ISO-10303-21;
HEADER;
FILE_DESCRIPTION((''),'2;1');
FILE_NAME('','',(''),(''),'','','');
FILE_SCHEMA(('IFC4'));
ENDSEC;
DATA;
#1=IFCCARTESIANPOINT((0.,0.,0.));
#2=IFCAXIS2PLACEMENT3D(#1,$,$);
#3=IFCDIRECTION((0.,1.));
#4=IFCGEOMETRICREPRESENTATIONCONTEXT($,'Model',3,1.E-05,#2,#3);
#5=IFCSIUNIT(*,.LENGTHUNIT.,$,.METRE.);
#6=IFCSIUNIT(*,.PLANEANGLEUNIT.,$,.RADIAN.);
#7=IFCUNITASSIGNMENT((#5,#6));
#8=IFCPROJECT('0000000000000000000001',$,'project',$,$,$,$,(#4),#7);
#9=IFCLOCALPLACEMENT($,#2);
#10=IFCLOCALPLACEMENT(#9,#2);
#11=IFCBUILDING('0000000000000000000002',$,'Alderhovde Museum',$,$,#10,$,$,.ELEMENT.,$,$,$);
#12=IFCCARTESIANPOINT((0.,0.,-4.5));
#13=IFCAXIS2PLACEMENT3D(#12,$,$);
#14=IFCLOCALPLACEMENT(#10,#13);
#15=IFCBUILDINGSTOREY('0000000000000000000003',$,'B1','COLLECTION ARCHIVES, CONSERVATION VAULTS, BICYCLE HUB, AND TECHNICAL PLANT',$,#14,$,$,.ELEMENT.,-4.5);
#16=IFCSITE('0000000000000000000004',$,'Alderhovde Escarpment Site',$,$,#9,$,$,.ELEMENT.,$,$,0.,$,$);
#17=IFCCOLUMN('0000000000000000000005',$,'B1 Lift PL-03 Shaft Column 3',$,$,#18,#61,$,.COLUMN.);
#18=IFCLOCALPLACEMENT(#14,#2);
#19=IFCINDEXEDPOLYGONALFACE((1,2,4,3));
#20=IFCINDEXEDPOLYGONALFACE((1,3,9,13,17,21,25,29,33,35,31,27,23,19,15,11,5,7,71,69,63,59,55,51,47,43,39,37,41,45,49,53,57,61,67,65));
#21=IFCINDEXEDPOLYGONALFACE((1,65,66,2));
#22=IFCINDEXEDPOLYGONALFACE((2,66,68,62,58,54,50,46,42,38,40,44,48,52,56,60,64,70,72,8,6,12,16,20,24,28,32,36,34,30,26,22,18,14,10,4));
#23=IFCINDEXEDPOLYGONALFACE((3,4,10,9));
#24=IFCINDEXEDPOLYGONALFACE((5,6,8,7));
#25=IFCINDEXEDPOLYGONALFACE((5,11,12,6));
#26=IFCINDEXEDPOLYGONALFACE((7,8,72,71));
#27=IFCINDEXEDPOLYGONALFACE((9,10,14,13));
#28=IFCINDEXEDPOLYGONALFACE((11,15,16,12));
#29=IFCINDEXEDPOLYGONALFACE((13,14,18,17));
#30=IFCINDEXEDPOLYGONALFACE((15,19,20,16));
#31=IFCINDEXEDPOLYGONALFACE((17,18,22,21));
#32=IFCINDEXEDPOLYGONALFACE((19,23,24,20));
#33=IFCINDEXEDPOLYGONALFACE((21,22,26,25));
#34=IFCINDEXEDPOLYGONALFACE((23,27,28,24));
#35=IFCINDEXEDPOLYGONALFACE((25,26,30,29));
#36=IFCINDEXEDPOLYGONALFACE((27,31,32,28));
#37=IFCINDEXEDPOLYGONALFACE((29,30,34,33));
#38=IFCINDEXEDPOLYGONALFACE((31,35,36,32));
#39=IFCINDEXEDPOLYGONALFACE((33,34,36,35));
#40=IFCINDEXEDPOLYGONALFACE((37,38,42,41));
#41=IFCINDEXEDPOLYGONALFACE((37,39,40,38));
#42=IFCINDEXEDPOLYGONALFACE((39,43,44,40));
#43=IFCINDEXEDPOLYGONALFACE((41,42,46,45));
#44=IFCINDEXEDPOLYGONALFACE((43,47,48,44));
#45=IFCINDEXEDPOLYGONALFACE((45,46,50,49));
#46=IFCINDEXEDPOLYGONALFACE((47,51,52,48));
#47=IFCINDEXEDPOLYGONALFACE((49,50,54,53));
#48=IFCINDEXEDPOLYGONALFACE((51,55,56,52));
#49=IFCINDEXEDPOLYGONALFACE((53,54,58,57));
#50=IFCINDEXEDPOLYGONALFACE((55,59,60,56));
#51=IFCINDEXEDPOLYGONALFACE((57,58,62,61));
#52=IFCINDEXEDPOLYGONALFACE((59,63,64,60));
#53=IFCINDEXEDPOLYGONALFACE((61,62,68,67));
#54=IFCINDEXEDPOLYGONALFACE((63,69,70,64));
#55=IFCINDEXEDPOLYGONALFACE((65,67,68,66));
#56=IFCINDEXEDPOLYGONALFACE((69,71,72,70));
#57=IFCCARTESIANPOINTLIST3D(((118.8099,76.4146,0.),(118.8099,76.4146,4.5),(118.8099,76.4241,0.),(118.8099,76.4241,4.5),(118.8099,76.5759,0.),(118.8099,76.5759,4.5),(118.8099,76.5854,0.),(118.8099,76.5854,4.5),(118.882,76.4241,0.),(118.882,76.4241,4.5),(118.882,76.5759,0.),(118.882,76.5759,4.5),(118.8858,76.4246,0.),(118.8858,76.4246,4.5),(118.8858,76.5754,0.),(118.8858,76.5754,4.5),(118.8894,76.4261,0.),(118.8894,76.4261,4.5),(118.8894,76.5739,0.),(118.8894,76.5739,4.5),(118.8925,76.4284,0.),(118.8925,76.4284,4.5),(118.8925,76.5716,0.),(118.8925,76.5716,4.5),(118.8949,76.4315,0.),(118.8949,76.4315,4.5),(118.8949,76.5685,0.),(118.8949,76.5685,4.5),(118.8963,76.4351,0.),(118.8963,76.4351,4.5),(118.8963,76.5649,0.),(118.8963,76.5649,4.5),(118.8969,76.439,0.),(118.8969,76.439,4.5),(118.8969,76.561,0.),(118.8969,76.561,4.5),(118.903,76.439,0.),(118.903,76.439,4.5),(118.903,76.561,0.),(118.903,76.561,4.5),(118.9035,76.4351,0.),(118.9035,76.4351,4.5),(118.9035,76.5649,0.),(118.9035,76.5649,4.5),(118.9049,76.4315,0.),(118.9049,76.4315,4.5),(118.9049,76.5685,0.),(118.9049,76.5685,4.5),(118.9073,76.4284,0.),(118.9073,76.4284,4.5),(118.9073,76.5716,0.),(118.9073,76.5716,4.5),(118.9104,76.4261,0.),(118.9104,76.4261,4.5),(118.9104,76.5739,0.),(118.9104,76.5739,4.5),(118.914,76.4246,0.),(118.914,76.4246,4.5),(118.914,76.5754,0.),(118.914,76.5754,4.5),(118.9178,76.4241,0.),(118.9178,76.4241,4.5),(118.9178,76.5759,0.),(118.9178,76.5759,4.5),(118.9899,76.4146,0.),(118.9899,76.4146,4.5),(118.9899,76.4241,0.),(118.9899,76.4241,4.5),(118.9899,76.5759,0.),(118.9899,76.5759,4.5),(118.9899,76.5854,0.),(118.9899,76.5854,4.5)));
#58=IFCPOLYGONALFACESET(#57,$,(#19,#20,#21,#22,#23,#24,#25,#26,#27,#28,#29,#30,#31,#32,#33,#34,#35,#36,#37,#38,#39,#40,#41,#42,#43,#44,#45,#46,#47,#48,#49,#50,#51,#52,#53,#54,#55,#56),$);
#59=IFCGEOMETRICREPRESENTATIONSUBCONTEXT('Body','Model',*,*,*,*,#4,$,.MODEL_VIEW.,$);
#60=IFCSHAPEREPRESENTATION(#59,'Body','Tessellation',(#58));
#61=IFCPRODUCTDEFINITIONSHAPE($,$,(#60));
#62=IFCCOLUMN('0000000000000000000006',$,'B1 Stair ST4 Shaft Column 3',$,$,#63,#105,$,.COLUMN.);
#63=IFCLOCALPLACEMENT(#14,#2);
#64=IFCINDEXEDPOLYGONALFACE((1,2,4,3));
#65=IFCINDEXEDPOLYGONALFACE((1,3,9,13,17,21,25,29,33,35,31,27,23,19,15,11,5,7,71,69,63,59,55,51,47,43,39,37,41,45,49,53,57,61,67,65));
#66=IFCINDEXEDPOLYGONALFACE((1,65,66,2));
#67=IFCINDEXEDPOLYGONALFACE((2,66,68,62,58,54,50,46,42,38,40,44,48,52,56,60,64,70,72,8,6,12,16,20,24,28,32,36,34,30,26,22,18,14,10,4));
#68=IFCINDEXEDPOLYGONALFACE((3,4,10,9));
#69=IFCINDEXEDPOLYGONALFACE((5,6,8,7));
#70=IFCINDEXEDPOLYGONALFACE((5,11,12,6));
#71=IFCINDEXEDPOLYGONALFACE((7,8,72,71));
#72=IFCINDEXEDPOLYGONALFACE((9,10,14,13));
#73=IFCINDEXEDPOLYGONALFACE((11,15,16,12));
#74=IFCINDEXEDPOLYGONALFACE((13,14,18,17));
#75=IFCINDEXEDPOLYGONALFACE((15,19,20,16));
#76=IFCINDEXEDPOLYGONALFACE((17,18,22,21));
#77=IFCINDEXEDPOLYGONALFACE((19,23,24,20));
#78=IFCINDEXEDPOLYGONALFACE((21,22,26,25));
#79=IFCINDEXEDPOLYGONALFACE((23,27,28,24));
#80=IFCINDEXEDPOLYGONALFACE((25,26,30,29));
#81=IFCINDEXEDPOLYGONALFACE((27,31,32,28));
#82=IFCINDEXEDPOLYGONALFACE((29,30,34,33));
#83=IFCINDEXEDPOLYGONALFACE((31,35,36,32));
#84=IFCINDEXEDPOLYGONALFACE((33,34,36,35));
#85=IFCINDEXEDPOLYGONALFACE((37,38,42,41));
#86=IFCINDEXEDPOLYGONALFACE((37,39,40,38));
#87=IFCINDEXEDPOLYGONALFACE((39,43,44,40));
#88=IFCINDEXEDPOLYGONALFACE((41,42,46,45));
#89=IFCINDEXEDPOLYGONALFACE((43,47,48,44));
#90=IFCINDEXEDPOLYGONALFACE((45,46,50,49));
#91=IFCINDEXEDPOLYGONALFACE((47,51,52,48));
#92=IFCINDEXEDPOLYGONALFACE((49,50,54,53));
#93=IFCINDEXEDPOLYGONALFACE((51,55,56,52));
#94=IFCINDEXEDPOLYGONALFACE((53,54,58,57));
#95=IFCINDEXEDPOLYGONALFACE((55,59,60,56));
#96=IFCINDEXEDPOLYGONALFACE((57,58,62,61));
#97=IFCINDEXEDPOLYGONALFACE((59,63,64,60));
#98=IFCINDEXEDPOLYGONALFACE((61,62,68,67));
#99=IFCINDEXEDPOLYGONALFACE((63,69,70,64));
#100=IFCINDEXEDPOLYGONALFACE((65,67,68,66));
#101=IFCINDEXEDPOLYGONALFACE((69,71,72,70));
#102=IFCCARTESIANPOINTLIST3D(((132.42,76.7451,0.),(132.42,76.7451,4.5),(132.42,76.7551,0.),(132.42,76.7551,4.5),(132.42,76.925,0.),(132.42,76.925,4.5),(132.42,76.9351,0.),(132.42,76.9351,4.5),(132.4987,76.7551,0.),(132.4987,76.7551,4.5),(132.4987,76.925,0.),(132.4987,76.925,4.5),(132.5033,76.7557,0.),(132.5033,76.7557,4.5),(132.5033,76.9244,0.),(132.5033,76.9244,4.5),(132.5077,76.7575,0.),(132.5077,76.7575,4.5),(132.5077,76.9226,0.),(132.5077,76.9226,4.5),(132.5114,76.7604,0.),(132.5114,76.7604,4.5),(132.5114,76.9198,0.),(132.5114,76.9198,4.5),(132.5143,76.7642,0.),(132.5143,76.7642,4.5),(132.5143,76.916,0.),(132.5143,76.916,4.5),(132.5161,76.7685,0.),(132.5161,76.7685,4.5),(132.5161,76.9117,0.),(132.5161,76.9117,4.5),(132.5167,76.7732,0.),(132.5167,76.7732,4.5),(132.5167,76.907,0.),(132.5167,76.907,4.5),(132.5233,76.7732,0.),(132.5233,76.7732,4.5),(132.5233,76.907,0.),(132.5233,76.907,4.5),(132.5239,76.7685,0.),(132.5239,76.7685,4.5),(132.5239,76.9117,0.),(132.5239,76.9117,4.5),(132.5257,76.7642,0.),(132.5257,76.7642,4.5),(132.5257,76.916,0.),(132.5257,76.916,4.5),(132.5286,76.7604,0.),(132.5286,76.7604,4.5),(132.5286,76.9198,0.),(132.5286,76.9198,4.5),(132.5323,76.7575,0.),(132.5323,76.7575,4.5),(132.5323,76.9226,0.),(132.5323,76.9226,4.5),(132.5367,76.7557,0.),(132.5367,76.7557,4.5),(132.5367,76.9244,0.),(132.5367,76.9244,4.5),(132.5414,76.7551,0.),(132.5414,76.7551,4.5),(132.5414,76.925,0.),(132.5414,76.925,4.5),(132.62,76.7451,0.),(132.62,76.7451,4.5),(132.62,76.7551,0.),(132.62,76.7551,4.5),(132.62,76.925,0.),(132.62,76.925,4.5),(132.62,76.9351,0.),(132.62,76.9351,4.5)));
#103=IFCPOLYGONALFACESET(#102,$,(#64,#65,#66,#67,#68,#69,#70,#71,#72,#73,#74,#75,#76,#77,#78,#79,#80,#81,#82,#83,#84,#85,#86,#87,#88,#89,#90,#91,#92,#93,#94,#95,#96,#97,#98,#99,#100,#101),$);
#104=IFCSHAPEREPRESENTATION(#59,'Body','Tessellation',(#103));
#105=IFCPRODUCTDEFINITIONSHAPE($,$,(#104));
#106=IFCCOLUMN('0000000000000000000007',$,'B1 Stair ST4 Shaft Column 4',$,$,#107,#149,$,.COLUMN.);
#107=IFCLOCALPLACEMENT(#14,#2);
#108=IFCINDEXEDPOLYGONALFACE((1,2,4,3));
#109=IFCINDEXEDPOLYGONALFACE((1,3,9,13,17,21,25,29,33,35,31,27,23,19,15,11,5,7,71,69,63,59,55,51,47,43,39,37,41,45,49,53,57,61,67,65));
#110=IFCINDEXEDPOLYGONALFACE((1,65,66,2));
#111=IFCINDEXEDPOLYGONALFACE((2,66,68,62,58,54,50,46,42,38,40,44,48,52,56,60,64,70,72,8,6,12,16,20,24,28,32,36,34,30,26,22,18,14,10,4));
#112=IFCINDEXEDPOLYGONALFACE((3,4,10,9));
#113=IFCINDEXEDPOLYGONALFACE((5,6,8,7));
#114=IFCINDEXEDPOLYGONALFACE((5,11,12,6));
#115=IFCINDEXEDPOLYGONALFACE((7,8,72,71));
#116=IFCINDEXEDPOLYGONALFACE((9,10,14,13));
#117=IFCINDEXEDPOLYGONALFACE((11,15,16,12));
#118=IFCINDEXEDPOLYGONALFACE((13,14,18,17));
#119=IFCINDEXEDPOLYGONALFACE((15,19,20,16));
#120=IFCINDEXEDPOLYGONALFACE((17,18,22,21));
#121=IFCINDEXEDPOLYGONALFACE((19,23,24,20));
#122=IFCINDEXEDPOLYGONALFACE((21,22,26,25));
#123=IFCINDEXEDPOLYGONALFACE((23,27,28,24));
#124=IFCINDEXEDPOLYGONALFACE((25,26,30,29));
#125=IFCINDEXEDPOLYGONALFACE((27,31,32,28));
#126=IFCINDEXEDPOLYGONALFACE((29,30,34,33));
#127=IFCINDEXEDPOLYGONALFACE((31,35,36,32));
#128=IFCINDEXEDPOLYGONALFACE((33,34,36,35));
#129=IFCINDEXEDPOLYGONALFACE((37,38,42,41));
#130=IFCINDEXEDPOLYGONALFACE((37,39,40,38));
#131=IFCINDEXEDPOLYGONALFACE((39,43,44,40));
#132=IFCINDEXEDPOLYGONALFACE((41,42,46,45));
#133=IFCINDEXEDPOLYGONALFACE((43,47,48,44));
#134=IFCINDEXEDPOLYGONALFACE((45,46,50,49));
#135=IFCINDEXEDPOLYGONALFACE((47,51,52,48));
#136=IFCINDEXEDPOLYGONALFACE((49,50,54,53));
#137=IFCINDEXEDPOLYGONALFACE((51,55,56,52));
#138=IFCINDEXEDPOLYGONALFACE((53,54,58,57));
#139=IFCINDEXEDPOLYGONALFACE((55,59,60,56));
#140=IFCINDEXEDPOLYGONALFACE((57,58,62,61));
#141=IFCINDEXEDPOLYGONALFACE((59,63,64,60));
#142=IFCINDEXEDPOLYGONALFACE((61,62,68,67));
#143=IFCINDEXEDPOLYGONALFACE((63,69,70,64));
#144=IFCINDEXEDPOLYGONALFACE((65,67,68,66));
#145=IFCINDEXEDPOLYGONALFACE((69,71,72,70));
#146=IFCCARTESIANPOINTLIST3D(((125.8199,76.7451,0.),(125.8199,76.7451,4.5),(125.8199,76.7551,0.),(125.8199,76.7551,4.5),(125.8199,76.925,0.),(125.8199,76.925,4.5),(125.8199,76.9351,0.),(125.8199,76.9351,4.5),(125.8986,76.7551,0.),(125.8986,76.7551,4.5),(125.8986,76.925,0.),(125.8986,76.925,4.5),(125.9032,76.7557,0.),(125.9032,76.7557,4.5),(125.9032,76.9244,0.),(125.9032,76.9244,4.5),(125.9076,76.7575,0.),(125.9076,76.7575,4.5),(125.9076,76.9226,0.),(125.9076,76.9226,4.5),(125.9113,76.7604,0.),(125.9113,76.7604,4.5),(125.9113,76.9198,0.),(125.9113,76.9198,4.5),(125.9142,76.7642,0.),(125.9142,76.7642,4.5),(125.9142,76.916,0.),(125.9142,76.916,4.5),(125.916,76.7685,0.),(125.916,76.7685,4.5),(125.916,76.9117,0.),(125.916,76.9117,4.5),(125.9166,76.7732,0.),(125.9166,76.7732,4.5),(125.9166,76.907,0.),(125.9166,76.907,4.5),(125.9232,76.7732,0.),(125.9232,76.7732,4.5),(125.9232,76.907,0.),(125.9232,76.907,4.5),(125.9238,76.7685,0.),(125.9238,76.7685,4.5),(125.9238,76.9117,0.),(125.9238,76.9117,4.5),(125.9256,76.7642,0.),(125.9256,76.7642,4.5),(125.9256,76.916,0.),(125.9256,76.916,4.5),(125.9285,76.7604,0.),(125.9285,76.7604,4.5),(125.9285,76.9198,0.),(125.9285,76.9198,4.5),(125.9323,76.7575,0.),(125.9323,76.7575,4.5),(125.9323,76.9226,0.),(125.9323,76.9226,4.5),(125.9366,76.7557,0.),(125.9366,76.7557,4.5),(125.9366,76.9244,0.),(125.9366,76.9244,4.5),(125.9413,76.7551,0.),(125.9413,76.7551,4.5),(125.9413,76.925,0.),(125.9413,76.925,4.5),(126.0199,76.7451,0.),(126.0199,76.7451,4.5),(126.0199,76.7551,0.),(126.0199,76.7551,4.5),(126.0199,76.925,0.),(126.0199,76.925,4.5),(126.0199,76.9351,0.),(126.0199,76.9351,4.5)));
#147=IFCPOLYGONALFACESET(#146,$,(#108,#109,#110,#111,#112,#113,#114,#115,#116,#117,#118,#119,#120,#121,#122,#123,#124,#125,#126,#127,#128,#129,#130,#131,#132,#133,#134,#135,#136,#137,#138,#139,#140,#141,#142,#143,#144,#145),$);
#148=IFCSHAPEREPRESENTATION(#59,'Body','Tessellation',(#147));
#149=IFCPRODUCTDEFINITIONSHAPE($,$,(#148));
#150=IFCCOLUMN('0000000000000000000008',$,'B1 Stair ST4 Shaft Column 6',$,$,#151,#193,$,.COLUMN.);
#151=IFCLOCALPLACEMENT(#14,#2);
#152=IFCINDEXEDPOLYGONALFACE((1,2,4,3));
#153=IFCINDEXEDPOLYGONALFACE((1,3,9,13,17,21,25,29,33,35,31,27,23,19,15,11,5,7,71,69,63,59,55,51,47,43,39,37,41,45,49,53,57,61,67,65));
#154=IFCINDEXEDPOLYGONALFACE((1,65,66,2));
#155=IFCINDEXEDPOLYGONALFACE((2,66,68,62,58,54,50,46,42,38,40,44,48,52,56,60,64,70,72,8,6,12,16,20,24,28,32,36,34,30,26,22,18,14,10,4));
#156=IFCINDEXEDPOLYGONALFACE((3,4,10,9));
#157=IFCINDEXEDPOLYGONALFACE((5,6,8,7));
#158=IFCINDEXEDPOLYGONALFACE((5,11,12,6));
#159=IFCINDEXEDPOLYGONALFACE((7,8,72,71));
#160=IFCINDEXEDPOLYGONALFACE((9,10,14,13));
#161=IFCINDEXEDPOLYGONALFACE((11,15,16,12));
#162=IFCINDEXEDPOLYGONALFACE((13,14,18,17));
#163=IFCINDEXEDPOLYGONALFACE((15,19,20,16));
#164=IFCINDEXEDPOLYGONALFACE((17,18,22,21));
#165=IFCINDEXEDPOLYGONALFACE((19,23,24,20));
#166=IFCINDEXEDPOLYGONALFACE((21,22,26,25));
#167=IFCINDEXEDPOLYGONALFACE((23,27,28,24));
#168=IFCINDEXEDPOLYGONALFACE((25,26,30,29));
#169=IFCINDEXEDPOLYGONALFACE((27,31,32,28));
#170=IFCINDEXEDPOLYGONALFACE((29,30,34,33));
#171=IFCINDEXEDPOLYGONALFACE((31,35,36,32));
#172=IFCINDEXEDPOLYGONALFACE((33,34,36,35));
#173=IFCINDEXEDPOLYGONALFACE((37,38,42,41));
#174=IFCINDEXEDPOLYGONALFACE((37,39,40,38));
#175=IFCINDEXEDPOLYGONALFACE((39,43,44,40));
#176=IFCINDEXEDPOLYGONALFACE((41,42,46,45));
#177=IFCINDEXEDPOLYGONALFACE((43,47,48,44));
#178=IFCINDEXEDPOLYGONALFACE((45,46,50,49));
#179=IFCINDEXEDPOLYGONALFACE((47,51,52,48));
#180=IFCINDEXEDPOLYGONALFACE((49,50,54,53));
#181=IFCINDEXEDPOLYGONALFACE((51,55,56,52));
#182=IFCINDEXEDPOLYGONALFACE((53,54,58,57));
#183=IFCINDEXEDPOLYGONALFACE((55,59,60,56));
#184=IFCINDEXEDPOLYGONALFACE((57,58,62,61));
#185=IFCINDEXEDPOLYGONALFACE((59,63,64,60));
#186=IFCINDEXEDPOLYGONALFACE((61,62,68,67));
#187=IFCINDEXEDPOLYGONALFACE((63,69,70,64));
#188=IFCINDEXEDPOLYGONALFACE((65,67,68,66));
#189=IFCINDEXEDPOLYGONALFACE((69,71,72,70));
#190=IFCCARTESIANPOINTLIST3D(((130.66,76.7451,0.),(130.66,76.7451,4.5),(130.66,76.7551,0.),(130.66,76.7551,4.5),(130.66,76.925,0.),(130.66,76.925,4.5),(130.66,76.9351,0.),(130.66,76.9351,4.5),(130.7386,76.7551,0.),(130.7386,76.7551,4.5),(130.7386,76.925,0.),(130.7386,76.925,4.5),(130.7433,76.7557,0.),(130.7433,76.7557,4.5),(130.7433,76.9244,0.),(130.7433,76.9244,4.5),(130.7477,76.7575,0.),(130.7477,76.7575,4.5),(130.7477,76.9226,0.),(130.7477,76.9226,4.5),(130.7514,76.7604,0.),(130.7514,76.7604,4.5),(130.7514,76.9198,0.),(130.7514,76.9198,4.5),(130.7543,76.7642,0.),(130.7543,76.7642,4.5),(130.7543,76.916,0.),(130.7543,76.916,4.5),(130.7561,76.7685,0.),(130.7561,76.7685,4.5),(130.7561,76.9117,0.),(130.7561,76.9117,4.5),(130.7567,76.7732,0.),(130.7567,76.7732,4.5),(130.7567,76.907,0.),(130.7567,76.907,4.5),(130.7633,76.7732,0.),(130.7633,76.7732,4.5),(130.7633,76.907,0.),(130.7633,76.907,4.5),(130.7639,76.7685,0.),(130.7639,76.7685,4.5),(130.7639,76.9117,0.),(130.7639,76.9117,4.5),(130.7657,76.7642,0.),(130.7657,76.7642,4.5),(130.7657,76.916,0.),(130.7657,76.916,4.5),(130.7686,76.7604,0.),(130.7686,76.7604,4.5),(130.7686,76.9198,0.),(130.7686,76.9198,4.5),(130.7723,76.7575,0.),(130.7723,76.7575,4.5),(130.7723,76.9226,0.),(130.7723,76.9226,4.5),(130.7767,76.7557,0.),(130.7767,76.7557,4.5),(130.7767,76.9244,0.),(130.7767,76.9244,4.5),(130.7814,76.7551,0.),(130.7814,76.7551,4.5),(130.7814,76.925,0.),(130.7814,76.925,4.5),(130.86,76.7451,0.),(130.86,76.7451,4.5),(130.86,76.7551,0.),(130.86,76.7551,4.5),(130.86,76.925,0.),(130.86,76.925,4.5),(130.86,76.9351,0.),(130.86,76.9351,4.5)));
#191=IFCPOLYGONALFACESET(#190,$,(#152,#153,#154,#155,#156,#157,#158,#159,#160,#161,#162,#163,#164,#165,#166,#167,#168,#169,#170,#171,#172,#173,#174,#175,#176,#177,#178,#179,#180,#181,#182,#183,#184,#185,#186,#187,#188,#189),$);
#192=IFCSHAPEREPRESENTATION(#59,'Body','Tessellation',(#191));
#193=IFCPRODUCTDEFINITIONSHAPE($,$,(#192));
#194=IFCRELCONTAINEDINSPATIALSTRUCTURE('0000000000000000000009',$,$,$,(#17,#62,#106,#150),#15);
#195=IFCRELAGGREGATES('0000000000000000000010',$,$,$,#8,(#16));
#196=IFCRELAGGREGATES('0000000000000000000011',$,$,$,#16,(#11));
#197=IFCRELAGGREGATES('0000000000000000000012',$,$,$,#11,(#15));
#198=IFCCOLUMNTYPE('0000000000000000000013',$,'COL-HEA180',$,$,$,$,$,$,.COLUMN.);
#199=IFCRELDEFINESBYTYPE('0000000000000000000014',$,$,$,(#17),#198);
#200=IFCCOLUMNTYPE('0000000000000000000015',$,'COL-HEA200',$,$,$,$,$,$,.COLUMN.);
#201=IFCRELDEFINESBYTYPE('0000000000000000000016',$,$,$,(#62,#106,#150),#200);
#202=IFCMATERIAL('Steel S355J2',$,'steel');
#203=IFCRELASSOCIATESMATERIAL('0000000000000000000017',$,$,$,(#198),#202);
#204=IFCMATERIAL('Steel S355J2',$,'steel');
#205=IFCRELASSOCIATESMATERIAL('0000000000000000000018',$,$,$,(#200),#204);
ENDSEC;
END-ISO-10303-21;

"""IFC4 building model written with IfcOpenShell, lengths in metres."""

from ifc_helpers import new_model, si_unit, direction, frame, origin, origin_2d, place, context, subcontext, project, spatial, i_section, extrude, material, material_profile, profile_set, type_object, element, save


model = new_model("IFC4")

# Units and contexts
model_context = context("Model", 3, precision=1e-05, world=origin(), true_north=direction((0.0, 1.0)))
body_context = subcontext(model_context, "Body", "Model", "MODEL_VIEW")
ifc_project = project(units=[si_unit("LENGTHUNIT", "METRE"), si_unit("PLANEANGLEUNIT", "RADIAN")], contexts=[model_context])

# Site, building, storey
site_placement = place(None, origin())
site = spatial("IfcSite", under=ifc_project, at=site_placement, Name="Alderhovde Escarpment Site", CompositionType="ELEMENT", RefElevation=0.0)
building_placement = place(site_placement, origin())
building = spatial("IfcBuilding", under=site, at=building_placement, Name="Alderhovde Museum", CompositionType="ELEMENT")
storey_placement = place(building_placement, frame((0.0, 0.0, -4.5)))
storey = spatial("IfcBuildingStorey", under=building, at=storey_placement, Name="B1", Description="COLLECTION ARCHIVES, CONSERVATION VAULTS, BICYCLE HUB, AND TECHNICAL PLANT", CompositionType="ELEMENT", Elevation=-4.5)

# Columns
ifc_material_1 = material(Name="Steel S355J2", Category="steel")
ifc_material_profile_1 = material_profile(ifc_material_1, i_section(OverallWidth=0.1799, OverallDepth=0.1709, WebThickness=0.0061, FlangeThickness=0.0095, FilletRadius=0.0149, at=origin_2d()), Name="HEA 180")
ifc_profile_set_1 = profile_set([ifc_material_profile_1], Name="Steel S355J2")
column_type_1 = type_object("IfcColumnType", Name="COL-HEA180", PredefinedType="COLUMN", material=ifc_profile_set_1)
column_1_placement = place(storey_placement, frame((118.8999, 76.5, 0.0), z_axis=(0.0, 0.0, 1.0), x_axis=(1.0, 0.0, 0.0)))
element("IfcColumn", 1, at=column_1_placement, inside=storey, type_object=column_type_1, Name="B1 Lift PL-03 Shaft Column 3", PredefinedType="COLUMN", context=body_context, shape_type="SweptSolid", body=[
    extrude(i_section(OverallWidth=0.1799, OverallDepth=0.1709, WebThickness=0.0061, FlangeThickness=0.0095, FilletRadius=0.0149, at=origin_2d()), origin(), (0.0, 0.0, 1.0), 4.5),
])
ifc_material_2 = material(Name="Steel S355J2", Category="steel")
ifc_material_profile_2 = material_profile(ifc_material_2, i_section(OverallWidth=0.2, OverallDepth=0.1899, WebThickness=0.0066, FlangeThickness=0.01, FilletRadius=0.0181, at=origin_2d()), Name="HEA 200")
ifc_profile_set_2 = profile_set([ifc_material_profile_2], Name="Steel S355J2")
column_type_2 = type_object("IfcColumnType", Name="COL-HEA200", PredefinedType="COLUMN", material=ifc_profile_set_2)
for number, where, z_axis, x_axis, name in (
    (2, (132.52, 76.8401, 0.0), (0.0, 0.0, 1.0), (1.0, 0.0, 0.0), "B1 Stair ST4 Shaft Column 3"),
    (3, (125.9199, 76.8401, 0.0), (0.0, 0.0, 1.0), (1.0, 0.0, 0.0), "B1 Stair ST4 Shaft Column 4"),
    (4, (130.76, 76.8401, 0.0), (0.0, 0.0, 1.0), (1.0, 0.0, 0.0), "B1 Stair ST4 Shaft Column 6"),
):
    element("IfcColumn", number, at=place(storey_placement, frame(where, z_axis=z_axis, x_axis=x_axis)), inside=storey, type_object=column_type_2, Name=name, PredefinedType="COLUMN", context=body_context, shape_type="SweptSolid", body=[
        extrude(i_section(OverallWidth=0.2, OverallDepth=0.1899, WebThickness=0.0066, FlangeThickness=0.01, FilletRadius=0.0181, at=origin_2d()), origin(), (0.0, 0.0, 1.0), 4.5),
    ])

save(model, "model.ifc")
